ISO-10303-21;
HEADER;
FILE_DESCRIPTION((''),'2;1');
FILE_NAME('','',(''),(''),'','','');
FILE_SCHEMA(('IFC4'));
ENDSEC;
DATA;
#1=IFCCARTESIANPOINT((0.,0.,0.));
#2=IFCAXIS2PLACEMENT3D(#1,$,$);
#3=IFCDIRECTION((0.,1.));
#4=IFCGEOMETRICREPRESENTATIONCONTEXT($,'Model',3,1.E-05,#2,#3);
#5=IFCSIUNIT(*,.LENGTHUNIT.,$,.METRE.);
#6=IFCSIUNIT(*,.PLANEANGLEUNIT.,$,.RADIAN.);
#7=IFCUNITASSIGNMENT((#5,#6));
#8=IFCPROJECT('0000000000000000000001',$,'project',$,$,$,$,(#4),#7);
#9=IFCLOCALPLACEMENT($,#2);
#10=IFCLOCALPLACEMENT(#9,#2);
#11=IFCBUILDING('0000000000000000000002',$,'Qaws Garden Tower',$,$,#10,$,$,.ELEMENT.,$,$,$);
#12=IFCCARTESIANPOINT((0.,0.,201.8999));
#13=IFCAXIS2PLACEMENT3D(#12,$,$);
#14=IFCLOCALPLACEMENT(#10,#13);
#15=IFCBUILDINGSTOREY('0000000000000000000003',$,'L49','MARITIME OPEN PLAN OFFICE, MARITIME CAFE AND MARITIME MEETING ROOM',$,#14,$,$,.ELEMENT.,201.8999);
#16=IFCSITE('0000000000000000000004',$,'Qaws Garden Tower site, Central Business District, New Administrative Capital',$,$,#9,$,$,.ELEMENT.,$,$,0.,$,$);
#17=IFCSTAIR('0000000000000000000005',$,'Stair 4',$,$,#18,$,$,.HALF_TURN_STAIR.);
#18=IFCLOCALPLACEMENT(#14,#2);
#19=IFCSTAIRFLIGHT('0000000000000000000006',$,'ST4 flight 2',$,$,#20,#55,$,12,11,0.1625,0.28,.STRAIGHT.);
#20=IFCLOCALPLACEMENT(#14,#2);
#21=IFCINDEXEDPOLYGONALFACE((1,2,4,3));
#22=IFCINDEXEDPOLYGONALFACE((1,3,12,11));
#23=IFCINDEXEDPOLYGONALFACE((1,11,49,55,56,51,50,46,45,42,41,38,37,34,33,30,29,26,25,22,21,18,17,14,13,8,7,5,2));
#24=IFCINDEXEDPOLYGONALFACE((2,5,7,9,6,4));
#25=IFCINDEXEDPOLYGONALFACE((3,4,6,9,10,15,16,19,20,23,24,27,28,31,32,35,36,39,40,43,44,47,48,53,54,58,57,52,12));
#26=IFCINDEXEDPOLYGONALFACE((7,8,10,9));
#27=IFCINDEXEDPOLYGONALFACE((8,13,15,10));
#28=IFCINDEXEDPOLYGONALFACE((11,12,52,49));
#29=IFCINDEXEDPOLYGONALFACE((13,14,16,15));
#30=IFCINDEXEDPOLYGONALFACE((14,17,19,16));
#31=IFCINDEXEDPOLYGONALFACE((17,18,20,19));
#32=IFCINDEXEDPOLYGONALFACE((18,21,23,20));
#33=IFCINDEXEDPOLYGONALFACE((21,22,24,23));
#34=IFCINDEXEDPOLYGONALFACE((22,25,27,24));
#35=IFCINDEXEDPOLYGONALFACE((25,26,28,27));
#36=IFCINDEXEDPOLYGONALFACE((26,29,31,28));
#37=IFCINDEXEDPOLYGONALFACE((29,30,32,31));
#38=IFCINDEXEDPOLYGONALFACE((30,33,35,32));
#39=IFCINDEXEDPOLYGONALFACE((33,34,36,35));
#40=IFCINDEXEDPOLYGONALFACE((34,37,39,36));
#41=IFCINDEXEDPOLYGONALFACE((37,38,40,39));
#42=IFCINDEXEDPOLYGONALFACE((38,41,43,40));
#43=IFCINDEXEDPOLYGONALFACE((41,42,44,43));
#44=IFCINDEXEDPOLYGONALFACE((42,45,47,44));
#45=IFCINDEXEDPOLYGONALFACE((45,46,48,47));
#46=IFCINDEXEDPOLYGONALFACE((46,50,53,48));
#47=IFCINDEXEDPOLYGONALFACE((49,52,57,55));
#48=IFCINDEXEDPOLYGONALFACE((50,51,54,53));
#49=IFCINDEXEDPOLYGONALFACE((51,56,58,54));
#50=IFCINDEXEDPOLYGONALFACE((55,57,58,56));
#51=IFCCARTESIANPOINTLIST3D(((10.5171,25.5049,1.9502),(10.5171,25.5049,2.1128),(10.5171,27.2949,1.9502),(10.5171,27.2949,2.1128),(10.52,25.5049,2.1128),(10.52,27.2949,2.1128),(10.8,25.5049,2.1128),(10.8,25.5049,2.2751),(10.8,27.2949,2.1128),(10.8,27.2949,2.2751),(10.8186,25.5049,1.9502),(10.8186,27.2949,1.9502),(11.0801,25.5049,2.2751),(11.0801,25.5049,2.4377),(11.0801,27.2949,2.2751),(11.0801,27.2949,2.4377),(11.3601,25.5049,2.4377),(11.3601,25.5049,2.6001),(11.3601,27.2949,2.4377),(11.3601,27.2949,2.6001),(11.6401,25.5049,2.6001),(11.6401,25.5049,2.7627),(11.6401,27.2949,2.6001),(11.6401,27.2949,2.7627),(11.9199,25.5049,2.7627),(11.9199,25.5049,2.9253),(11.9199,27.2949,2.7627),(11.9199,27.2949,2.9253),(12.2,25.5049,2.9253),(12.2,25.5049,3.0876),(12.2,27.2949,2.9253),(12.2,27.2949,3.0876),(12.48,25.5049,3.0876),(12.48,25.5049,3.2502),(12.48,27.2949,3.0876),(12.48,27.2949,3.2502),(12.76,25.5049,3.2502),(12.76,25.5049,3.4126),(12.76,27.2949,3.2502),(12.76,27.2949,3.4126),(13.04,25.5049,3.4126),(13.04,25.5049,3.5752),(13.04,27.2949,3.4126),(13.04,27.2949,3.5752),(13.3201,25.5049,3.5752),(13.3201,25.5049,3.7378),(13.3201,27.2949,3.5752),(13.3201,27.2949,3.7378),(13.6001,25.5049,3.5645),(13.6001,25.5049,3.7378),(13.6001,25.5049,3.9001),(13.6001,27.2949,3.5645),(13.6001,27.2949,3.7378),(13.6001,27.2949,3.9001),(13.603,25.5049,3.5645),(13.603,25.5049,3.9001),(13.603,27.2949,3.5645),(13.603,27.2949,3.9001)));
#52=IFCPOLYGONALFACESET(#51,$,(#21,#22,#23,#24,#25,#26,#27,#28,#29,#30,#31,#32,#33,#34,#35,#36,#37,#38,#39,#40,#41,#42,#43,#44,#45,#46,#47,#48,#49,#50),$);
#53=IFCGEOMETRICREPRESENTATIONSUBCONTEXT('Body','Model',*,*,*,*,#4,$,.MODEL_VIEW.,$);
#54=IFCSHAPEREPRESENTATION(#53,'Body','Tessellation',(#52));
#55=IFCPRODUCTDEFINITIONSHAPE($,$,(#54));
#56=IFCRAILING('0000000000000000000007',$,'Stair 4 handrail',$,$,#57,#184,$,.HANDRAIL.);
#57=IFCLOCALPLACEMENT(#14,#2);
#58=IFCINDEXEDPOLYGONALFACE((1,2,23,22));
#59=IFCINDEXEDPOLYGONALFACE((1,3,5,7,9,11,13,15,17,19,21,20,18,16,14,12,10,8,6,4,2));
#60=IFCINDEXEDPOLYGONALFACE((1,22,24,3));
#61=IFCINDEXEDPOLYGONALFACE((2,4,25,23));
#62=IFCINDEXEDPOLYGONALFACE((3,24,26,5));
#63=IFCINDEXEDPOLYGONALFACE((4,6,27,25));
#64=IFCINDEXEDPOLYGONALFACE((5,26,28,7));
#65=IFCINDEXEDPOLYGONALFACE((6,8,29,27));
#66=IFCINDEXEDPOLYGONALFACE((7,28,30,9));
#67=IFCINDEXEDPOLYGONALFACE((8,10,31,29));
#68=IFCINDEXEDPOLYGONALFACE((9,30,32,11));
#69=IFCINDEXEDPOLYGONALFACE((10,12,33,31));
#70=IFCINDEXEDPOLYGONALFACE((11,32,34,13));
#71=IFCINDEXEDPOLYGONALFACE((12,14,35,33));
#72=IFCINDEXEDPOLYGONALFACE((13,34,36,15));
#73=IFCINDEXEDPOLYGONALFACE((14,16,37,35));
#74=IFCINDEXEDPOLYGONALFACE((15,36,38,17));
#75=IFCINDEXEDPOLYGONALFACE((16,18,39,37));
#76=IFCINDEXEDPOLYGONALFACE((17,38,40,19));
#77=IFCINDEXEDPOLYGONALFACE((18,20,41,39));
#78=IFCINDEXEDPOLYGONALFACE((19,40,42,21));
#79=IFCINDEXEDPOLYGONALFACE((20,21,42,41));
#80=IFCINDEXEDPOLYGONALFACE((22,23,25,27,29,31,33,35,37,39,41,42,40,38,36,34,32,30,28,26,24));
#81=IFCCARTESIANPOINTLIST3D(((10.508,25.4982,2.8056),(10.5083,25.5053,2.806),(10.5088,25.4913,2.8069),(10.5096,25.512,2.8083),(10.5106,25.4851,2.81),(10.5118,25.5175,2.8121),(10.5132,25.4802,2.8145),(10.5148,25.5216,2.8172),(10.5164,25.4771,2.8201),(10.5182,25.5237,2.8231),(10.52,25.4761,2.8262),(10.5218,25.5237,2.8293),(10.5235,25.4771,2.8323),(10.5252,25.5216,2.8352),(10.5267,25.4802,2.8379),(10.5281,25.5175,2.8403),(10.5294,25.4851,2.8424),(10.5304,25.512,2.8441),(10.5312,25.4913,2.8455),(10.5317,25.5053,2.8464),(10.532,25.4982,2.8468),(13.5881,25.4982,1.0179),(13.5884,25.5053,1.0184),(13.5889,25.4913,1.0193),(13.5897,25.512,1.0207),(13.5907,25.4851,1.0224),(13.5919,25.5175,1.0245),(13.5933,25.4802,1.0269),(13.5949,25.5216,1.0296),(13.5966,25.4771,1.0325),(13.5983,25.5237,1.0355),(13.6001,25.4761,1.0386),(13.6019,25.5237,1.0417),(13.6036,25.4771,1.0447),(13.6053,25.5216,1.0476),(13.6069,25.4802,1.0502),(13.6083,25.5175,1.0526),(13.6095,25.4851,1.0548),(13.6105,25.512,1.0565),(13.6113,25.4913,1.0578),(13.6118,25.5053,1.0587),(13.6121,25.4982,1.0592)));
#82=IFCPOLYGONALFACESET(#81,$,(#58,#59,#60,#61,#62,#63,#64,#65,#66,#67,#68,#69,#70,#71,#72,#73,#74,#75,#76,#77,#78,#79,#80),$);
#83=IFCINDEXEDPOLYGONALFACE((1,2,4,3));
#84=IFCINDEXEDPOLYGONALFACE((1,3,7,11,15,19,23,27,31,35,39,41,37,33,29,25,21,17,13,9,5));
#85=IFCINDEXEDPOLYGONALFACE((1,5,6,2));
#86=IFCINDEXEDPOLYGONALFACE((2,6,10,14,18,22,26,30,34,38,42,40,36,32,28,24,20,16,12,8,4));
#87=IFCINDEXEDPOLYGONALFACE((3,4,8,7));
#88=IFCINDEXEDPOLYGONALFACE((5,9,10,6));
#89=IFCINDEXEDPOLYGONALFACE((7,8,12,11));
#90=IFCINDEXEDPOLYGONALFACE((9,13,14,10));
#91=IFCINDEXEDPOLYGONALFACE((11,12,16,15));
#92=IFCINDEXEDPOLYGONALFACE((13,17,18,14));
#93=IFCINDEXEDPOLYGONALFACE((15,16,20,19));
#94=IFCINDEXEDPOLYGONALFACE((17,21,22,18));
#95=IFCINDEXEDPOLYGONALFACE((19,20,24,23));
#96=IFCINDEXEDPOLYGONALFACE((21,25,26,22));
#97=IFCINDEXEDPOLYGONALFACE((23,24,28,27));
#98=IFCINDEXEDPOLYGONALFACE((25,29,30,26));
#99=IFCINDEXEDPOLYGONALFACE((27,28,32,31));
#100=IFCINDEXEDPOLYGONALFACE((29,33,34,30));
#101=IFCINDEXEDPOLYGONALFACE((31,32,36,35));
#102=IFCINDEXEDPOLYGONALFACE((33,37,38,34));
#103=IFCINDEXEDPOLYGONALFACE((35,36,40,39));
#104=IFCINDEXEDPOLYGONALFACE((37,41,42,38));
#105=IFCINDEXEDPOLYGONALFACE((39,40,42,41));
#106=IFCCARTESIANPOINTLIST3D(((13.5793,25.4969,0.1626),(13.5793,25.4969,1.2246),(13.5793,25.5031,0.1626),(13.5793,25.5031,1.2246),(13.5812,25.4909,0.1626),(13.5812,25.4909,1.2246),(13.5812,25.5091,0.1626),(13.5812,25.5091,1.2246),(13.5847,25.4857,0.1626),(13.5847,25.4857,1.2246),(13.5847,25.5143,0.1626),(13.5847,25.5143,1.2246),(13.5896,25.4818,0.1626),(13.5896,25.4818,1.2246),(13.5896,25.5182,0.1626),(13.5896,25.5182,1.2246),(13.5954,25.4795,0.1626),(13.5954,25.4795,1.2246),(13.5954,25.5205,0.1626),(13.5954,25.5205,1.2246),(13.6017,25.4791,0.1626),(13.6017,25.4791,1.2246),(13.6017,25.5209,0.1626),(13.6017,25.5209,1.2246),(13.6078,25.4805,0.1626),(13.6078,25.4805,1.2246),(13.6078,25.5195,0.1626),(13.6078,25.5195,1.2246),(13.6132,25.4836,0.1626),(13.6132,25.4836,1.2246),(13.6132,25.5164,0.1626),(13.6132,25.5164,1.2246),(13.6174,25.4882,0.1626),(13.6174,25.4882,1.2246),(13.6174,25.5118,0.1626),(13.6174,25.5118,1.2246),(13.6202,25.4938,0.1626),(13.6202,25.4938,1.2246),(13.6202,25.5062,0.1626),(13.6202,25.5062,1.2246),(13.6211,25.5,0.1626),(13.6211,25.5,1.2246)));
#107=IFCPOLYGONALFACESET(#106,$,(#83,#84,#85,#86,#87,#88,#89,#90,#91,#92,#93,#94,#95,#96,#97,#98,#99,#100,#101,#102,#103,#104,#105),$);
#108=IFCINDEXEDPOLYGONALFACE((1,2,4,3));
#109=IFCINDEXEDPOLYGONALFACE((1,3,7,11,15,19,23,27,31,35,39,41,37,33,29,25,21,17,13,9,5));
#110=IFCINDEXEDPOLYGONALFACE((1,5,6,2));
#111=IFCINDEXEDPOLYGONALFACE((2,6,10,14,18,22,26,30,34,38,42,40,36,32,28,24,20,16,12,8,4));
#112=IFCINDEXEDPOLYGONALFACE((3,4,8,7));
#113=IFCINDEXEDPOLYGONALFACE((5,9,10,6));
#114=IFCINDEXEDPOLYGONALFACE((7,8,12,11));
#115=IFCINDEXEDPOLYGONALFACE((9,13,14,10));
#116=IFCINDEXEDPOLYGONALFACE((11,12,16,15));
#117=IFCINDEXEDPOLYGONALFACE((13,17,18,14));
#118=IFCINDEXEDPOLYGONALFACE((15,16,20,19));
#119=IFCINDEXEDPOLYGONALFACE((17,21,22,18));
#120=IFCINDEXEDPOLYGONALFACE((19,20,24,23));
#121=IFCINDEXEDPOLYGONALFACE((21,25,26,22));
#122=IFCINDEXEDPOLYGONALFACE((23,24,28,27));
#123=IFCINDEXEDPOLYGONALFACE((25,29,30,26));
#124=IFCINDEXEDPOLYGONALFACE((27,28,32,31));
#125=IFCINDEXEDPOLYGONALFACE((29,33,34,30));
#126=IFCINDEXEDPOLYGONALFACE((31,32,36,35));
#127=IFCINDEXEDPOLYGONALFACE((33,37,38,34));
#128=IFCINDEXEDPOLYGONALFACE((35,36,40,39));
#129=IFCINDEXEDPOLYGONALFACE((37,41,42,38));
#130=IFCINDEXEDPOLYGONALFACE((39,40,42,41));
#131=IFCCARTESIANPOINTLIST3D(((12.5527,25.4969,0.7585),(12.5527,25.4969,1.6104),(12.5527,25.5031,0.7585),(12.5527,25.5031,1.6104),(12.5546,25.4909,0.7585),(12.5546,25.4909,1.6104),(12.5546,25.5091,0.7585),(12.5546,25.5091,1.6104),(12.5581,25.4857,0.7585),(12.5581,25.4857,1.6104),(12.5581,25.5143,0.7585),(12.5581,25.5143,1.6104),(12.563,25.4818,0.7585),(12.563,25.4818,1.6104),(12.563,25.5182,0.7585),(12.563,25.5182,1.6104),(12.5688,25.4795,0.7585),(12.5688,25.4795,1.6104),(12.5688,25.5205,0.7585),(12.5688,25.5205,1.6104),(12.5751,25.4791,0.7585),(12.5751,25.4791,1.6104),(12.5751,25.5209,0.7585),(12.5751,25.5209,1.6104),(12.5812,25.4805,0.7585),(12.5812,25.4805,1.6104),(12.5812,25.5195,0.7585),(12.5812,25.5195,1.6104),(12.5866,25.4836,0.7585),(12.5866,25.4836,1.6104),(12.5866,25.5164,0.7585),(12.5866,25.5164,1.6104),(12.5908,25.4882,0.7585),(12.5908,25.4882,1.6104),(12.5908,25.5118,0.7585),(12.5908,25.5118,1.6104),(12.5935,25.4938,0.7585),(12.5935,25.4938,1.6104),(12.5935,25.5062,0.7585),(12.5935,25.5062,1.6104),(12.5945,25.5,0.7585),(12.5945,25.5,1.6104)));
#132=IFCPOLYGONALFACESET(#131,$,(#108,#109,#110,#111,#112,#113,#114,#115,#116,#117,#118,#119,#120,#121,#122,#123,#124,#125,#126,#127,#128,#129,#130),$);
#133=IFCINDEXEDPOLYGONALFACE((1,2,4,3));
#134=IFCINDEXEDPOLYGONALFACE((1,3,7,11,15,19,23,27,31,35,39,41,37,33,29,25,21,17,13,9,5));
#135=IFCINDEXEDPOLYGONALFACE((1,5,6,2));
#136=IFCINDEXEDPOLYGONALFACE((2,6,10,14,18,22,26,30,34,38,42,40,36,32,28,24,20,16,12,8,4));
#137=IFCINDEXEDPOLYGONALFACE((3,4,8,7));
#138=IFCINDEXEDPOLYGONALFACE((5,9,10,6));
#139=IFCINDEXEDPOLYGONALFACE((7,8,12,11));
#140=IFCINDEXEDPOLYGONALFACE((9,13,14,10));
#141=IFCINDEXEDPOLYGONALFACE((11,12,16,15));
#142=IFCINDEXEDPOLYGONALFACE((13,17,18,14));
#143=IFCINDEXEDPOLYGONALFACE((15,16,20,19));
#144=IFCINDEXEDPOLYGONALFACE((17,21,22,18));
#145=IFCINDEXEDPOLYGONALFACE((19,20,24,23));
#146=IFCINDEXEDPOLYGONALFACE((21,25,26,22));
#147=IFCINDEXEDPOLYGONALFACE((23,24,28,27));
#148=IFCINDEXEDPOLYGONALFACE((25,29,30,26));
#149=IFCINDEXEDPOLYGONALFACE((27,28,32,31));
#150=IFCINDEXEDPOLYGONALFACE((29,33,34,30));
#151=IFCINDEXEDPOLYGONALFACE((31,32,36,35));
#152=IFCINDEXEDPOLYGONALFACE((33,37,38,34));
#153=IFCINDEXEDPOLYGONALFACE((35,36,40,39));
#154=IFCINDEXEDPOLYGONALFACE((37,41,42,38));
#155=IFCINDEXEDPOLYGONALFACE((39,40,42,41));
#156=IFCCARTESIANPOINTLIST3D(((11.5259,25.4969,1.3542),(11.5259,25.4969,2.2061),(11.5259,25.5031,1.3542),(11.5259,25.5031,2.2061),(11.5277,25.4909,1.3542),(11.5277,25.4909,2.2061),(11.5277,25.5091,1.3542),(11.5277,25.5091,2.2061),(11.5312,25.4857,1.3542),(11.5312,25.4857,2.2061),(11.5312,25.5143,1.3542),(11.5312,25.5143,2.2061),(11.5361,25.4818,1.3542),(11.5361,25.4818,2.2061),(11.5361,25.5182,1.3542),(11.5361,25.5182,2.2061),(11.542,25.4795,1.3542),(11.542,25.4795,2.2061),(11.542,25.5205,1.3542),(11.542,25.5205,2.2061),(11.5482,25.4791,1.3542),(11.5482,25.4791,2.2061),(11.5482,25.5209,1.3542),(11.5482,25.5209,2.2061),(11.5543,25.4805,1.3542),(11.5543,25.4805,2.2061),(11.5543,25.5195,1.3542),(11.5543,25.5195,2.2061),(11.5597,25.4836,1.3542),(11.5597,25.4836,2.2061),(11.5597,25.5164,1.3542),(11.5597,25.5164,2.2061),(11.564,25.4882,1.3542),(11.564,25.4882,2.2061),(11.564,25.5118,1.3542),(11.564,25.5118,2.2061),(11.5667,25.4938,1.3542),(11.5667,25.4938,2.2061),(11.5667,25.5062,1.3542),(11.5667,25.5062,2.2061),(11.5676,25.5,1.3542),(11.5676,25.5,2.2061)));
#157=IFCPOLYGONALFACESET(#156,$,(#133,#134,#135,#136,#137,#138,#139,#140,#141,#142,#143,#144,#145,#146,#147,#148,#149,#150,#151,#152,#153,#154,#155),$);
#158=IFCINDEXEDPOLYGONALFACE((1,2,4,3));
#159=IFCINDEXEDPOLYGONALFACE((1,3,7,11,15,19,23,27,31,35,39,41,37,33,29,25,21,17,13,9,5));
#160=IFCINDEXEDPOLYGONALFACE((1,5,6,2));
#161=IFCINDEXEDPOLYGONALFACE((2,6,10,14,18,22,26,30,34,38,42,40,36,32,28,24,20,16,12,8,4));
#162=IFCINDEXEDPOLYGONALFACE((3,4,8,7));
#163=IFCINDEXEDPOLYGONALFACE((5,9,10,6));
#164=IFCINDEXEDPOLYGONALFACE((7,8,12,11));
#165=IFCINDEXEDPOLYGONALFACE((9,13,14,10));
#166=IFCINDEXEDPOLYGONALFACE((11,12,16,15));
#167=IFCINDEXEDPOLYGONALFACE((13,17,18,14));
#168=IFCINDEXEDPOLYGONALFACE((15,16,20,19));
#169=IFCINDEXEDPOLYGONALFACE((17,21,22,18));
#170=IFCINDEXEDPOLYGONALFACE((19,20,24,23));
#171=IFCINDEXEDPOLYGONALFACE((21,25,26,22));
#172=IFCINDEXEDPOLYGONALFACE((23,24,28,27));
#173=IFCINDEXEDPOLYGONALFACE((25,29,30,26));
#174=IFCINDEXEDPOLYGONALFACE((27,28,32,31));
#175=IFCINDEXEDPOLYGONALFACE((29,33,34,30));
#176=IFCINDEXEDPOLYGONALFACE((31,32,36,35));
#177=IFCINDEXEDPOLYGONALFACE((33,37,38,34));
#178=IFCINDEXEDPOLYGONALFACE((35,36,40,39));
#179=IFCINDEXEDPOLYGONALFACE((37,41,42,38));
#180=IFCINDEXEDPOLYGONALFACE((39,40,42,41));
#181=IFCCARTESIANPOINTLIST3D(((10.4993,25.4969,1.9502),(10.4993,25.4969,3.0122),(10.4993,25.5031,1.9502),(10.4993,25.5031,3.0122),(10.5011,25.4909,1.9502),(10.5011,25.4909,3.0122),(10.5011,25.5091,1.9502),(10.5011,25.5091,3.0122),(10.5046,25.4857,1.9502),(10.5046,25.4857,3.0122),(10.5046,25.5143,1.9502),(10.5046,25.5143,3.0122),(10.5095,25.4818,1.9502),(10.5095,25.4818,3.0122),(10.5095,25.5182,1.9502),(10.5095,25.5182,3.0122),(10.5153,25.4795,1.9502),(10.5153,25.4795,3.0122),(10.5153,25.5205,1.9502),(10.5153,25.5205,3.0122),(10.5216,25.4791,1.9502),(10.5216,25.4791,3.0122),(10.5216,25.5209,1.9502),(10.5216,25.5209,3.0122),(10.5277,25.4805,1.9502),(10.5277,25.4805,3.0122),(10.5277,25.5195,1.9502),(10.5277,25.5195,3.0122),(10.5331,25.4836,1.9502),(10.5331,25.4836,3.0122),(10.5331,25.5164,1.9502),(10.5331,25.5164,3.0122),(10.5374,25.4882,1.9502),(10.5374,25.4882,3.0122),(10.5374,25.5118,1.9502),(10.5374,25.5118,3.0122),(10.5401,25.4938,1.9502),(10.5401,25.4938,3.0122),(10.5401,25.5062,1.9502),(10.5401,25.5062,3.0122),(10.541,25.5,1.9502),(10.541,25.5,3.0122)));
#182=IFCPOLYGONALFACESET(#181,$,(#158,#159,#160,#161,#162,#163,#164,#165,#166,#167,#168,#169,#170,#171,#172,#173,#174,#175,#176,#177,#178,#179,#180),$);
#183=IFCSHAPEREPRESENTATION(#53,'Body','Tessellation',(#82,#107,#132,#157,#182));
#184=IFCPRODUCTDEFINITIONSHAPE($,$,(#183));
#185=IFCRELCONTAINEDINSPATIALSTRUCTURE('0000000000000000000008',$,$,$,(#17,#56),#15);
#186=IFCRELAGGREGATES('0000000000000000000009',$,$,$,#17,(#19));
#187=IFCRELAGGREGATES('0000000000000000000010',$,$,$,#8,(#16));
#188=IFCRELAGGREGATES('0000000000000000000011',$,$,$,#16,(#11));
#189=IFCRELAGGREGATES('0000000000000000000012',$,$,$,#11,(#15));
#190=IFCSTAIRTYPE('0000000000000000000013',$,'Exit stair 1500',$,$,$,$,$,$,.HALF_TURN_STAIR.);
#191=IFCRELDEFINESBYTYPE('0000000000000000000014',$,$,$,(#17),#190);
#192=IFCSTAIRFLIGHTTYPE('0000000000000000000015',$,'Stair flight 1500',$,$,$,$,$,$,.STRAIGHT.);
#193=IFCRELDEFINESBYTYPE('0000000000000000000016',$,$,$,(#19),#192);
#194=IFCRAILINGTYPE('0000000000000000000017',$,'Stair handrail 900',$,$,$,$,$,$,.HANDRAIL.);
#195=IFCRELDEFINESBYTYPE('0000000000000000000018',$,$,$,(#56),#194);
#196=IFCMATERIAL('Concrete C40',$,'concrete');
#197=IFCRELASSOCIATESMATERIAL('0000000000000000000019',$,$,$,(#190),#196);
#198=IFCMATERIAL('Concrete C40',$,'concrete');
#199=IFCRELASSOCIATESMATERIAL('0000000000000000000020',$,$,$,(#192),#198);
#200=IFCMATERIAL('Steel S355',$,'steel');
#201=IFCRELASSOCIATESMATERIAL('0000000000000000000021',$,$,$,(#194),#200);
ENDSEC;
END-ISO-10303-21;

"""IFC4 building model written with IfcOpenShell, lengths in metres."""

from ifc_helpers import new_model, si_unit, direction, frame, origin, origin_2d, place, context, subcontext, project, spatial, polyline, circle, outline, extrude, material, type_object, element, aggregate, save


model = new_model("IFC4")

# Units and contexts
model_context = context("Model", 3, precision=1e-05, world=origin(), true_north=direction((0.0, 1.0)))
body_context = subcontext(model_context, "Body", "Model", "MODEL_VIEW")
ifc_project = project(units=[si_unit("LENGTHUNIT", "METRE"), si_unit("PLANEANGLEUNIT", "RADIAN")], contexts=[model_context])

# Site, building, storey
site_placement = place(None, origin())
site = spatial("IfcSite", under=ifc_project, at=site_placement, Name="Qaws Garden Tower site, Central Business District, New Administrative Capital", CompositionType="ELEMENT", RefElevation=0.0)
building_placement = place(site_placement, origin())
building = spatial("IfcBuilding", under=site, at=building_placement, Name="Qaws Garden Tower", CompositionType="ELEMENT")
storey_placement = place(building_placement, frame((0.0, 0.0, 201.8999)))
storey = spatial("IfcBuildingStorey", under=building, at=storey_placement, Name="L49", Description="MARITIME OPEN PLAN OFFICE, MARITIME CAFE AND MARITIME MEETING ROOM", CompositionType="ELEMENT", Elevation=201.8999)

# Stair, stair flight
ifc_material_1 = material(Name="Concrete C40", Category="concrete")
stair_type = type_object("IfcStairType", Name="Exit stair 1500", PredefinedType="HALF_TURN_STAIR", material=ifc_material_1)
stair_placement = place(storey_placement, origin())
stair = element("IfcStair", 1, at=stair_placement, inside=storey, type_object=stair_type, Name="Stair 4", PredefinedType="HALF_TURN_STAIR")
ifc_material_2 = material(Name="Concrete C40", Category="concrete")
stair_flight_type = type_object("IfcStairFlightType", Name="Stair flight 1500", PredefinedType="STRAIGHT", material=ifc_material_2)
stair_flight_1_placement = place(storey_placement, frame((10.52, 26.3999, 1.9502), z_axis=(0.0, 0.0, 1.0), x_axis=(1.0, 0.0, 0.0)))
stair_flight_1 = element("IfcStairFlight", 2, at=stair_flight_1_placement, type_object=stair_flight_type, Name="ST4 flight 2", NumberOfRisers=12, NumberOfTreads=11, PredefinedType="STRAIGHT", RiserHeight=0.1625, TreadLength=0.28, context=body_context, shape_type="SweptSolid", body=[
    extrude(outline(polyline([(-0.0029, 0.0), (-0.0029, 0.1626), (0.0, 0.1626), (0.28, 0.1626), (0.28, 0.325), (0.5601, 0.325), (0.5601, 0.4875), (0.8401, 0.4875), (0.8401, 0.6499), (1.1201, 0.6499), (1.1201, 0.8125), (1.3999, 0.8125), (1.3999, 0.9751), (1.6799, 0.9751), (1.6799, 1.1375), (1.96, 1.1375), (1.96, 1.3), (2.24, 1.3), (2.24, 1.4624), (2.52, 1.4624), (2.52, 1.625), (2.8, 1.625), (2.8, 1.7876), (3.0801, 1.7876), (3.0801, 1.95), (3.083, 1.95), (3.083, 1.6143), (3.0801, 1.6143), (0.2986, 0.0), (-0.0029, 0.0)])), frame((0.0, 0.895, 0.0), z_axis=(0.0, -1.0, 0.0), x_axis=(1.0, 0.0, 0.0)), (0.0, 0.0, 1.0), 1.79),
])
aggregate(stair, [stair_flight_1])

# Railing
ifc_material_3 = material(Name="Steel S355", Category="steel")
railing_type = type_object("IfcRailingType", Name="Stair handrail 900", PredefinedType="HANDRAIL", material=ifc_material_3)
railing_1_placement = place(storey_placement, frame((13.6001, 25.5, 0.1626)))
element("IfcRailing", 3, at=railing_1_placement, inside=storey, type_object=railing_type, Name="Stair 4 handrail", PredefinedType="HANDRAIL", context=body_context, shape_type="SweptSolid", body=[
    extrude(circle(Radius=0.0239, at=origin_2d()), frame((0.0, 0.0, 0.876), z_axis=(-0.864891, 0.0, 0.50196), x_axis=(0.0, -1.0, 0.0)), (0.0, 0.0, 1.0), 3.5613),
    extrude(circle(Radius=0.021, at=origin_2d()), origin(), (0.0, 0.0, 1.0), 1.062),
    extrude(circle(Radius=0.021, at=origin_2d()), frame((-1.0266, 0.0, 0.5959)), (0.0, 0.0, 1.0), 0.8518),
    extrude(circle(Radius=0.021, at=origin_2d()), frame((-2.0535, 0.0, 1.1917)), (0.0, 0.0, 1.0), 0.8518),
    extrude(circle(Radius=0.021, at=origin_2d()), frame((-3.0801, 0.0, 1.7876)), (0.0, 0.0, 1.0), 1.062),
])

save(model, "model.ifc")
